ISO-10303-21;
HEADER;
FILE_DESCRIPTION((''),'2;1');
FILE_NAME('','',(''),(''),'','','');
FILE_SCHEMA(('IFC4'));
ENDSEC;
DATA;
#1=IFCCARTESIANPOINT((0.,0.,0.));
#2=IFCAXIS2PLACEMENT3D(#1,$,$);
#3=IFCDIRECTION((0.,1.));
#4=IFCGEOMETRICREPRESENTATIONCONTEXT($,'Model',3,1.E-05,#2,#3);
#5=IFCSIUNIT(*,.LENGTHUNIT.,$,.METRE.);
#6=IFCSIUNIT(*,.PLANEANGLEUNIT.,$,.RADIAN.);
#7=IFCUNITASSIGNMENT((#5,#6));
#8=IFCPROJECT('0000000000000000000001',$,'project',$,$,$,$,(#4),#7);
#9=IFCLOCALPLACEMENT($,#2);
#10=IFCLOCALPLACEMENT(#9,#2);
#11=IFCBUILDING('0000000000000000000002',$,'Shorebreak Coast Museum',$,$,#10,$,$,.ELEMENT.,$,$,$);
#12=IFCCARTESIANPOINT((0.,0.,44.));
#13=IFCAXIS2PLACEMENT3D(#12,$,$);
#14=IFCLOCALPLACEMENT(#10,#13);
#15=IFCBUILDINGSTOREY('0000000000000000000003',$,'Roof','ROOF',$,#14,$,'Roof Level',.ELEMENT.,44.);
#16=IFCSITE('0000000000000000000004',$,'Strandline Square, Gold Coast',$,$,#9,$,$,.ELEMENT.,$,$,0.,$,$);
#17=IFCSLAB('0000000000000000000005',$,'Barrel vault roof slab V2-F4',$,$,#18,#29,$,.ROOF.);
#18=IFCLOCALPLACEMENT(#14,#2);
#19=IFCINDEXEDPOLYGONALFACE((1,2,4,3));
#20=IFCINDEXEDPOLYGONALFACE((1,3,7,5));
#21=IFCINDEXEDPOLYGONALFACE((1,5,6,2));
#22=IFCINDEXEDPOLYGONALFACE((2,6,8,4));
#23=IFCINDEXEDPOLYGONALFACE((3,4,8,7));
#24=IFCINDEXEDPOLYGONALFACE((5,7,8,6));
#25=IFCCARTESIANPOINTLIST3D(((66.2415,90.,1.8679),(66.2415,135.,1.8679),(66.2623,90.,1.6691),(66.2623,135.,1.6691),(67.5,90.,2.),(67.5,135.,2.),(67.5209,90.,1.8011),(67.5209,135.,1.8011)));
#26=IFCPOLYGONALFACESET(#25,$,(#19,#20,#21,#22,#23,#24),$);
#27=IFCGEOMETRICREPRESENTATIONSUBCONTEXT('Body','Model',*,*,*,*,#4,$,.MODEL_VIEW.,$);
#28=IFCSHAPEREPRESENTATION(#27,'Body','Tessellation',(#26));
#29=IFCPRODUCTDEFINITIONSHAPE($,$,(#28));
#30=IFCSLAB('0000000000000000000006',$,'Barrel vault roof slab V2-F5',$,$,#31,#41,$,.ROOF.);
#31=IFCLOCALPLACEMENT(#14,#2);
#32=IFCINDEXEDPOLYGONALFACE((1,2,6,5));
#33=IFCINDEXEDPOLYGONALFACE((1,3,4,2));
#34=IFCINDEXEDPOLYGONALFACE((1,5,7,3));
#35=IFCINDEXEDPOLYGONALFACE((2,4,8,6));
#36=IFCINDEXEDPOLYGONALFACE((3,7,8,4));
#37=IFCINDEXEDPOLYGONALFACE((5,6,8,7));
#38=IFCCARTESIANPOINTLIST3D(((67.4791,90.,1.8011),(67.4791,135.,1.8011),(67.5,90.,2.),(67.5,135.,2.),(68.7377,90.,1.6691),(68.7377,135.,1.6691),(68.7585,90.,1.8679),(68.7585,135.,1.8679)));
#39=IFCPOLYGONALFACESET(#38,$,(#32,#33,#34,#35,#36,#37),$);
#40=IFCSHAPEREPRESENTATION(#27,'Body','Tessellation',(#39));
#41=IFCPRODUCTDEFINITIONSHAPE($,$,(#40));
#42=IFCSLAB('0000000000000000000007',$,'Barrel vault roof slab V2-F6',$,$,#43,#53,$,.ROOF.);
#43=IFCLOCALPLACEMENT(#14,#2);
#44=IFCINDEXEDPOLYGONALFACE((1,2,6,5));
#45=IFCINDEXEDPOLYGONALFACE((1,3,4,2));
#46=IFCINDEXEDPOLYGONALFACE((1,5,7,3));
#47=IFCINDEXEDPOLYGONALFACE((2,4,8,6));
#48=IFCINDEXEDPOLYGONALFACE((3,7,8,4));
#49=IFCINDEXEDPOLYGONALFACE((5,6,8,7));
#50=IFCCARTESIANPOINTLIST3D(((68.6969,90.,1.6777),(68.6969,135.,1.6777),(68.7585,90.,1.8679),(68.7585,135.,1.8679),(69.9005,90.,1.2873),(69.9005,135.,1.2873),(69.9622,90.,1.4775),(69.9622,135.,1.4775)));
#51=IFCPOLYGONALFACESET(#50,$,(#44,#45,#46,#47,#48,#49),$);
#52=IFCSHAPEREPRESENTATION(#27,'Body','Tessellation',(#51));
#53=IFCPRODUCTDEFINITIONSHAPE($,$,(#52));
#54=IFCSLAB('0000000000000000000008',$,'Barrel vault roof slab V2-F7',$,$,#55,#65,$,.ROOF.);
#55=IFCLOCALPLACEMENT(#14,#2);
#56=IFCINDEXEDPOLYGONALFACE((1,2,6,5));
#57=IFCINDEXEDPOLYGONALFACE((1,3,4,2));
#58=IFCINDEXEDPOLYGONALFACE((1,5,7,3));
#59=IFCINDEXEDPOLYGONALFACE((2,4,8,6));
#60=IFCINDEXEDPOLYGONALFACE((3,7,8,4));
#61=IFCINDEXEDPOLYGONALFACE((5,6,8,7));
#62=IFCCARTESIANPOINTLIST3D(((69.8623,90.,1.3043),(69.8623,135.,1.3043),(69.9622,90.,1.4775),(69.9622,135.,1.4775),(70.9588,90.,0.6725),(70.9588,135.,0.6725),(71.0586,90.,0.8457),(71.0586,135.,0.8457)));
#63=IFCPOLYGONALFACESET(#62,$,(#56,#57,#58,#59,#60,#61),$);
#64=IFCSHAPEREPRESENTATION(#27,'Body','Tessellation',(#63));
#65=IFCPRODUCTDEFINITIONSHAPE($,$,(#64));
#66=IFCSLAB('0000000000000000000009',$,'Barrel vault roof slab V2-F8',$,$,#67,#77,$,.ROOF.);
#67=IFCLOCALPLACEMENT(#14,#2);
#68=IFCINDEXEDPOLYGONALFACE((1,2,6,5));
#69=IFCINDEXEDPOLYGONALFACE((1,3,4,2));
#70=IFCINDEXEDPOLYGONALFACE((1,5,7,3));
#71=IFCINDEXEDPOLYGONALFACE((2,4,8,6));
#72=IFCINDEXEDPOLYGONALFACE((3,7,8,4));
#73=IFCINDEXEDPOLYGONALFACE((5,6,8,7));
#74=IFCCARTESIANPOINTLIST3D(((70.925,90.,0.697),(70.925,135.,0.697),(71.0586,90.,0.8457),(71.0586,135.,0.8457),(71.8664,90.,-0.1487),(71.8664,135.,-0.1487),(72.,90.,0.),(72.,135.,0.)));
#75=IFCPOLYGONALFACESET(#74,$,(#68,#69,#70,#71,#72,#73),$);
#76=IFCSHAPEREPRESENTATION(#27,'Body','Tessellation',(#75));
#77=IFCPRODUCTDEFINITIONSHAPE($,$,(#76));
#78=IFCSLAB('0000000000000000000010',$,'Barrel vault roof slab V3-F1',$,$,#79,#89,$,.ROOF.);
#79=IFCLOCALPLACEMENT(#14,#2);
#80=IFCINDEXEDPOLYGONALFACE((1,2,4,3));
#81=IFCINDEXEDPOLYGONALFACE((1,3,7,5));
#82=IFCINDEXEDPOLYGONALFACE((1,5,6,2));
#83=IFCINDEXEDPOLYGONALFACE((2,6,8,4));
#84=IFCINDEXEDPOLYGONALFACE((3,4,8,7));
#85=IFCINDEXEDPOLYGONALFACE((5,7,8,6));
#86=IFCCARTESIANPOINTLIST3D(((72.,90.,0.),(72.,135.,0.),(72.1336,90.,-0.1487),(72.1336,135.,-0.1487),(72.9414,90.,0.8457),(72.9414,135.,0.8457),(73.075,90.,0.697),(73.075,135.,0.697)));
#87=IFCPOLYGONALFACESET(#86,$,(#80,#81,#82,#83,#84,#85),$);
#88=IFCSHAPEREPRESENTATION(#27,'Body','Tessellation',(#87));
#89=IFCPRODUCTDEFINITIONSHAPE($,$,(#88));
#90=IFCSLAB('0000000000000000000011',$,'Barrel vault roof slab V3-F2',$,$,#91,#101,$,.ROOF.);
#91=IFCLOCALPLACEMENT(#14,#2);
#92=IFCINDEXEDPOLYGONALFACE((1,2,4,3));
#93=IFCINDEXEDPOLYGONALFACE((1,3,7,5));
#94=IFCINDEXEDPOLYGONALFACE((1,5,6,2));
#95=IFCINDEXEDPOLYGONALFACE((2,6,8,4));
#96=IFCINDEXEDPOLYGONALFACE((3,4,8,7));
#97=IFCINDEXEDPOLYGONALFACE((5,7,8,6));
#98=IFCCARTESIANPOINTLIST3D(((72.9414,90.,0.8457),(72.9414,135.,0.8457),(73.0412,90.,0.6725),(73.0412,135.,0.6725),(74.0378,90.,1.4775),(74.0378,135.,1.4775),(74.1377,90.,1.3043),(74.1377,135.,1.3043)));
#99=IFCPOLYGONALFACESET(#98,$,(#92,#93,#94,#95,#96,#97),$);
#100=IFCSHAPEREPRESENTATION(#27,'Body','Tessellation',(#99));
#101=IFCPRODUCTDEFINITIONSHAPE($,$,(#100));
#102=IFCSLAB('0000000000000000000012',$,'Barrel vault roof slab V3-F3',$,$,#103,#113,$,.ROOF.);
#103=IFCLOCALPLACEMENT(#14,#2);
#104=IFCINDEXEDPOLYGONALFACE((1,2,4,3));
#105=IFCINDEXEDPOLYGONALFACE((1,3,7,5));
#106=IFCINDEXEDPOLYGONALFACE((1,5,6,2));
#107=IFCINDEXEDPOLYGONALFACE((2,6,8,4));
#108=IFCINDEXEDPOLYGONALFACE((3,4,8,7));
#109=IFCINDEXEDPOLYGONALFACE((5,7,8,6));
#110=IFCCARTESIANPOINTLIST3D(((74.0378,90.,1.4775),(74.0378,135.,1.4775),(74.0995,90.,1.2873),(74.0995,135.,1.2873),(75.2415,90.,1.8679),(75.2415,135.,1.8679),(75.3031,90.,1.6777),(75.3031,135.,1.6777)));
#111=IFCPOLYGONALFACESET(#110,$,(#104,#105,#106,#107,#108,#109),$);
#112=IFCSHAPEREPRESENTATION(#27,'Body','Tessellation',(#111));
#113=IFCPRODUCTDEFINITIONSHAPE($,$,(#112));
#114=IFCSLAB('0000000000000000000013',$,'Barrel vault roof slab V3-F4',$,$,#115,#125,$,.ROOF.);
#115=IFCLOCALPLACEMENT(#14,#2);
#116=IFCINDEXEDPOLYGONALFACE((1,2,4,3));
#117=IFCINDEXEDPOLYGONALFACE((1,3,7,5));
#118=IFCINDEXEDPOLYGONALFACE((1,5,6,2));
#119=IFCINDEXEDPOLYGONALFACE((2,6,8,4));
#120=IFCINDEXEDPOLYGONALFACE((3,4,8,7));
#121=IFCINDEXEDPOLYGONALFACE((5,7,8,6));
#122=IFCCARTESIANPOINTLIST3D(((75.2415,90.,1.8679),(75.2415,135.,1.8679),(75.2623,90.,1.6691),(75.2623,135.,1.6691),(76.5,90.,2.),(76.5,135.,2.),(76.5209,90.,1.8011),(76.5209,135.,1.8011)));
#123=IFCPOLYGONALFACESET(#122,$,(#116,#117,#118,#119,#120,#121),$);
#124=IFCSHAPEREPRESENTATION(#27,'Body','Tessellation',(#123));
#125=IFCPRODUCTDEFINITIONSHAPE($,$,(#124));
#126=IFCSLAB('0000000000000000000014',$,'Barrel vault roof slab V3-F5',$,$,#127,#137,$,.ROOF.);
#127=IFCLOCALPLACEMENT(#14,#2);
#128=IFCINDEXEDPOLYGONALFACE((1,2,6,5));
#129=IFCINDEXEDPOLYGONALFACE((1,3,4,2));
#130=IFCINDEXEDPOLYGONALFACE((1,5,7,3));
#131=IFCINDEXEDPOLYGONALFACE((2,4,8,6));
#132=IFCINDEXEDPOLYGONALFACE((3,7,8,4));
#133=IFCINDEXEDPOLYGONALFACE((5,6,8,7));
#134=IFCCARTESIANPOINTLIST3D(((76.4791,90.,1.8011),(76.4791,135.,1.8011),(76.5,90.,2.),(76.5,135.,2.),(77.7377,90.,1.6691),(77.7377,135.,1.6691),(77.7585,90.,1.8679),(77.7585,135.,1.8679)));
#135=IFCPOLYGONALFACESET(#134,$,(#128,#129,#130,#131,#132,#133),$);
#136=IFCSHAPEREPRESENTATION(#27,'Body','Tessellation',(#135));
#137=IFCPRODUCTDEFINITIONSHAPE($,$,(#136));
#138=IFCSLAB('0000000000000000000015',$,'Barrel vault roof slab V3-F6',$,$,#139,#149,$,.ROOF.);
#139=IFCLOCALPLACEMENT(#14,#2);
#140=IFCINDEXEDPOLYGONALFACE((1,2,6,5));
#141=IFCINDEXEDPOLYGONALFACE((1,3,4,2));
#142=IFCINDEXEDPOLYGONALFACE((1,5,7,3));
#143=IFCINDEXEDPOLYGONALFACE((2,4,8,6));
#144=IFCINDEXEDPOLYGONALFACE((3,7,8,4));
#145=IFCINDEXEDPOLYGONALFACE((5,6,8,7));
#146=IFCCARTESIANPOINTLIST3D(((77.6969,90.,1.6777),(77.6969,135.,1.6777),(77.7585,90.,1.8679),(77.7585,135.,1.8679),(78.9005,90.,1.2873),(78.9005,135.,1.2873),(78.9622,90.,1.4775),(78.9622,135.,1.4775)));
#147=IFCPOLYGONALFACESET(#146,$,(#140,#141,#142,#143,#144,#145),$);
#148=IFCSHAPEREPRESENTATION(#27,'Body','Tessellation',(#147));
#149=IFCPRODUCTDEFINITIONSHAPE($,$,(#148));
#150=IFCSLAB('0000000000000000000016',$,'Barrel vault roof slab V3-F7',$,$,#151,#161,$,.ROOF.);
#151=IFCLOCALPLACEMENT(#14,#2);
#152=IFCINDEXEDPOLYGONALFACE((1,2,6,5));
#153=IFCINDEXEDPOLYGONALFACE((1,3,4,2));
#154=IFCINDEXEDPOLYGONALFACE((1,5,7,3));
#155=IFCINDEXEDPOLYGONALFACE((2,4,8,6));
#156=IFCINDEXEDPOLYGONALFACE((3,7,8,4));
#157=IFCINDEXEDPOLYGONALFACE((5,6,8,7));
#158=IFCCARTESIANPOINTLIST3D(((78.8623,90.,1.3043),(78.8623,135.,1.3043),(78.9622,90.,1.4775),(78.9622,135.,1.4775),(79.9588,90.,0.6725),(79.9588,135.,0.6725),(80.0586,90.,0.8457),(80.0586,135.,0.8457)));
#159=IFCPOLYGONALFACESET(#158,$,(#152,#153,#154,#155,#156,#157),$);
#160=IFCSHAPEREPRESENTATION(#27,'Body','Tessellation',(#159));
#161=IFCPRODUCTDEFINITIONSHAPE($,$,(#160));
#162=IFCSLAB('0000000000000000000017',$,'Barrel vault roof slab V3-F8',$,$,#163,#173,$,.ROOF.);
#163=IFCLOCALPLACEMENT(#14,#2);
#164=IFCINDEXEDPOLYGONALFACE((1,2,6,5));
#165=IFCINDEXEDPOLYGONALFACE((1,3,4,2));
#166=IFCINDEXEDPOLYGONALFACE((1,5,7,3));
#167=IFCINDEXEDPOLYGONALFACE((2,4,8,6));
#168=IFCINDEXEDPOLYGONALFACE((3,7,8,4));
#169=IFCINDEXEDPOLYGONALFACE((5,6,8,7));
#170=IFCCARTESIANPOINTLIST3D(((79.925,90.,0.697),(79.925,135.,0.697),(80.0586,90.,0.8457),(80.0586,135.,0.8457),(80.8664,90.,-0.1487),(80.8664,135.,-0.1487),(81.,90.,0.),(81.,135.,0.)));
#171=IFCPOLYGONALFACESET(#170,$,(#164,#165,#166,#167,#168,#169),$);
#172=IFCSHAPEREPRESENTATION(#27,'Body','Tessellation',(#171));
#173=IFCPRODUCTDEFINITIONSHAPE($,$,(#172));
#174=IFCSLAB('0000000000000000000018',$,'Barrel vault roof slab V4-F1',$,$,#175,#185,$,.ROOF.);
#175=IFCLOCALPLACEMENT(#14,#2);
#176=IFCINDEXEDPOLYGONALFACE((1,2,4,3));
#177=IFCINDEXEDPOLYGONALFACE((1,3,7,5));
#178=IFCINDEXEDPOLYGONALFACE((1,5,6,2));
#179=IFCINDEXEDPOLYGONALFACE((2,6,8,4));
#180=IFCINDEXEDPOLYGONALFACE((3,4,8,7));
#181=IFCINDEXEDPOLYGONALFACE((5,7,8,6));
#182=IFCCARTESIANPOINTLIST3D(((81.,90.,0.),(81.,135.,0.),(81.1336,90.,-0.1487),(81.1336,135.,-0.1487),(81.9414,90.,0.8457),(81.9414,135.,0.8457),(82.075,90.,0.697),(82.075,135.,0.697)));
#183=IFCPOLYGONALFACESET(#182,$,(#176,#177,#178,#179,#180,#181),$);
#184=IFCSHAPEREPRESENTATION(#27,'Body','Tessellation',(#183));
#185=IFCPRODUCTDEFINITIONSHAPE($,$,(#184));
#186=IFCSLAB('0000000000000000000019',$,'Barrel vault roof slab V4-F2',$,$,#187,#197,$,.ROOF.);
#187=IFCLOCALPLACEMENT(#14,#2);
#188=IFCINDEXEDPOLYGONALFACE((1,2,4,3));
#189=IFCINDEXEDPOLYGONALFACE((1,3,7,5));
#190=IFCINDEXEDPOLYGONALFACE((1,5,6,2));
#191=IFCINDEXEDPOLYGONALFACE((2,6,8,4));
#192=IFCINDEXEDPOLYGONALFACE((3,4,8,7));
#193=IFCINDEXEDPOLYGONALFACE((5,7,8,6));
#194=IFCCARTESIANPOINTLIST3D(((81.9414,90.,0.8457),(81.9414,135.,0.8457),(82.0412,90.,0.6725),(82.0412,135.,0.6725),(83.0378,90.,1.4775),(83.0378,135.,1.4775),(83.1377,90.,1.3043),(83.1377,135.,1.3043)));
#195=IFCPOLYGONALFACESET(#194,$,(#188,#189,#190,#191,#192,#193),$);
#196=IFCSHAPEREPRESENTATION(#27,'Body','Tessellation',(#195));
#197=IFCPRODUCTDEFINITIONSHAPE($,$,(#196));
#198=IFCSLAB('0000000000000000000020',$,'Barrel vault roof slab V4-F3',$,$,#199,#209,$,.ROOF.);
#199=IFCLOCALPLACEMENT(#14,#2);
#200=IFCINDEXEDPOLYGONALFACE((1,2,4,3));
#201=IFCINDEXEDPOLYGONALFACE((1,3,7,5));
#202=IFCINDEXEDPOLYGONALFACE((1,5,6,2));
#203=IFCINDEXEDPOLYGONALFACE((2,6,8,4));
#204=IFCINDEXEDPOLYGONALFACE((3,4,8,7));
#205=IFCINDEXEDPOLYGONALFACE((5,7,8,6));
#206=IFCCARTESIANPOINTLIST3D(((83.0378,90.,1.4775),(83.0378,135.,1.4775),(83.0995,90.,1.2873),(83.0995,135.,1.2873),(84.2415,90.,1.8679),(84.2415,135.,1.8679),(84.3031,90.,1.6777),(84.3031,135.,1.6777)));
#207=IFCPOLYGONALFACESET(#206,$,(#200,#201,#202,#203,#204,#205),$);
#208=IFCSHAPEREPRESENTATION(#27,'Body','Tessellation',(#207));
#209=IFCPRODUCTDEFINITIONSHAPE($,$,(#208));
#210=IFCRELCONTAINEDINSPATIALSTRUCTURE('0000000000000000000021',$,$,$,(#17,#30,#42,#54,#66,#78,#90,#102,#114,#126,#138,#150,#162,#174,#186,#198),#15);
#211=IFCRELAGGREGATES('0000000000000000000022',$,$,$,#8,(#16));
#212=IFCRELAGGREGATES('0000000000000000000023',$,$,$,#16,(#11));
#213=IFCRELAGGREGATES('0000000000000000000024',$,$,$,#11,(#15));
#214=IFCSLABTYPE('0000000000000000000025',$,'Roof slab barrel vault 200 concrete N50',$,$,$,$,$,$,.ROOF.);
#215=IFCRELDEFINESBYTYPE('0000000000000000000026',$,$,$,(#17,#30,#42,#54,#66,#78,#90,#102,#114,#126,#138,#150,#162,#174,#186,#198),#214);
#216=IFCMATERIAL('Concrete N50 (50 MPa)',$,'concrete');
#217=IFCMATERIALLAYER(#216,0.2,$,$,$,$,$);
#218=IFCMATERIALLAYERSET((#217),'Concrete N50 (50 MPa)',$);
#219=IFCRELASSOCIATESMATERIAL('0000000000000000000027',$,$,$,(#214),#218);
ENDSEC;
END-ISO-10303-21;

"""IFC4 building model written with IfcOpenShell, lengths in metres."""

from ifc_helpers import new_model, si_unit, direction, frame, origin, place, context, subcontext, project, spatial, polyline, outline, extrude, material, layer, layer_set, type_object, element, save


model = new_model("IFC4")

# Units and contexts
model_context = context("Model", 3, precision=1e-05, world=origin(), true_north=direction((0.0, 1.0)))
body_context = subcontext(model_context, "Body", "Model", "MODEL_VIEW")
ifc_project = project(units=[si_unit("LENGTHUNIT", "METRE"), si_unit("PLANEANGLEUNIT", "RADIAN")], contexts=[model_context])

# Site, building, storey
site_placement = place(None, origin())
site = spatial("IfcSite", under=ifc_project, at=site_placement, Name="Strandline Square, Gold Coast", CompositionType="ELEMENT", RefElevation=0.0)
building_placement = place(site_placement, origin())
building = spatial("IfcBuilding", under=site, at=building_placement, Name="Shorebreak Coast Museum", CompositionType="ELEMENT")
storey_placement = place(building_placement, frame((0.0, 0.0, 44.0)))
storey = spatial("IfcBuildingStorey", under=building, at=storey_placement, Name="Roof", Description="ROOF", LongName="Roof Level", CompositionType="ELEMENT", Elevation=44.0)

# Slabs
ifc_material_1 = material(Name="Concrete N50 (50 MPa)", Category="concrete")
ifc_layer = layer(ifc_material_1, 0.2)
ifc_layer_set = layer_set([ifc_layer], Name="Concrete N50 (50 MPa)")
slab_type = type_object("IfcSlabType", Name="Roof slab barrel vault 200 concrete N50", PredefinedType="ROOF", material=ifc_layer_set)
for number, where, z_axis, x_axis, name in (
    (1, (66.2415, 90.0, 1.8679), (-0.104373, 0.0, 0.994538), (0.994538, 0.0, 0.104373), "Barrel vault roof slab V2-F4"),
    (2, (67.5, 90.0, 2.0), (0.104373, 0.0, 0.994538), (0.994538, 0.0, -0.104373), "Barrel vault roof slab V2-F5"),
):
    element("IfcSlab", number, at=place(storey_placement, frame(where, z_axis=z_axis, x_axis=x_axis)), inside=storey, type_object=slab_type, Name=name, PredefinedType="ROOF", context=body_context, shape_type="SweptSolid", body=[
        extrude(outline(polyline([(0.0, 0.0), (1.2655, 0.0), (1.2655, 45.0), (0.0, 45.0), (0.0, 0.0)])), origin(), (0.0, 0.0, -1.0), 0.2),
    ])
slab_1_placement = place(storey_placement, frame((68.7585, 90.0, 1.8679), z_axis=(0.308519, 0.0, 0.951218), x_axis=(0.951218, 0.0, -0.308519)))
element("IfcSlab", 3, at=slab_1_placement, inside=storey, type_object=slab_type, Name="Barrel vault roof slab V2-F6", PredefinedType="ROOF", context=body_context, shape_type="SweptSolid", body=[
    extrude(outline(polyline([(0.0, 0.0), (1.2653, 0.0), (1.2653, 45.0), (0.0, 45.0), (0.0, 0.0)])), origin(), (0.0, 0.0, -1.0), 0.2),
])
slab_2_placement = place(storey_placement, frame((69.9622, 90.0, 1.4775), z_axis=(0.499294, 0.0, 0.866433), x_axis=(0.866433, 0.0, -0.499294)))
element("IfcSlab", 4, at=slab_2_placement, inside=storey, type_object=slab_type, Name="Barrel vault roof slab V2-F7", PredefinedType="ROOF", context=body_context, shape_type="SweptSolid", body=[
    extrude(outline(polyline([(0.0, 0.0), (1.2655, 0.0), (1.2655, 45.0), (0.0, 45.0), (0.0, 0.0)])), origin(), (0.0, 0.0, -1.0), 0.2),
])
for number, where, z_axis, x_axis, name in (
    (5, (71.0586, 90.0, 0.8457), (0.668282, 0.0, 0.743908), (0.743908, 0.0, -0.668282), "Barrel vault roof slab V2-F8"),
    (6, (72.0, 90.0, 0.0), (-0.668282, 0.0, 0.743908), (0.743908, 0.0, 0.668282), "Barrel vault roof slab V3-F1"),
):
    element("IfcSlab", number, at=place(storey_placement, frame(where, z_axis=z_axis, x_axis=x_axis)), inside=storey, type_object=slab_type, Name=name, PredefinedType="ROOF", context=body_context, shape_type="SweptSolid", body=[
        extrude(outline(polyline([(0.0, 0.0), (1.2655, 0.0), (1.2655, 45.0), (0.0, 45.0), (0.0, 0.0)])), origin(), (0.0, 0.0, -1.0), 0.2),
    ])
slab_3_placement = place(storey_placement, frame((72.9414, 90.0, 0.8457), z_axis=(-0.499294, 0.0, 0.866433), x_axis=(0.866433, 0.0, 0.499294)))
element("IfcSlab", 7, at=slab_3_placement, inside=storey, type_object=slab_type, Name="Barrel vault roof slab V3-F2", PredefinedType="ROOF", context=body_context, shape_type="SweptSolid", body=[
    extrude(outline(polyline([(0.0, 0.0), (1.2655, 0.0), (1.2655, 45.0), (0.0, 45.0), (0.0, 0.0)])), origin(), (0.0, 0.0, -1.0), 0.2),
])
slab_4_placement = place(storey_placement, frame((74.0378, 90.0, 1.4775), z_axis=(-0.308519, 0.0, 0.951218), x_axis=(0.951218, 0.0, 0.308519)))
element("IfcSlab", 8, at=slab_4_placement, inside=storey, type_object=slab_type, Name="Barrel vault roof slab V3-F3", PredefinedType="ROOF", context=body_context, shape_type="SweptSolid", body=[
    extrude(outline(polyline([(0.0, 0.0), (1.2653, 0.0), (1.2653, 45.0), (0.0, 45.0), (0.0, 0.0)])), origin(), (0.0, 0.0, -1.0), 0.2),
])
for number, where, z_axis, x_axis, name in (
    (9, (75.2415, 90.0, 1.8679), (-0.104373, 0.0, 0.994538), (0.994538, 0.0, 0.104373), "Barrel vault roof slab V3-F4"),
    (10, (76.5, 90.0, 2.0), (0.104373, 0.0, 0.994538), (0.994538, 0.0, -0.104373), "Barrel vault roof slab V3-F5"),
):
    element("IfcSlab", number, at=place(storey_placement, frame(where, z_axis=z_axis, x_axis=x_axis)), inside=storey, type_object=slab_type, Name=name, PredefinedType="ROOF", context=body_context, shape_type="SweptSolid", body=[
        extrude(outline(polyline([(0.0, 0.0), (1.2655, 0.0), (1.2655, 45.0), (0.0, 45.0), (0.0, 0.0)])), origin(), (0.0, 0.0, -1.0), 0.2),
    ])
slab_5_placement = place(storey_placement, frame((77.7585, 90.0, 1.8679), z_axis=(0.308519, 0.0, 0.951218), x_axis=(0.951218, 0.0, -0.308519)))
element("IfcSlab", 11, at=slab_5_placement, inside=storey, type_object=slab_type, Name="Barrel vault roof slab V3-F6", PredefinedType="ROOF", context=body_context, shape_type="SweptSolid", body=[
    extrude(outline(polyline([(0.0, 0.0), (1.2653, 0.0), (1.2653, 45.0), (0.0, 45.0), (0.0, 0.0)])), origin(), (0.0, 0.0, -1.0), 0.2),
])
slab_6_placement = place(storey_placement, frame((78.9622, 90.0, 1.4775), z_axis=(0.499294, 0.0, 0.866433), x_axis=(0.866433, 0.0, -0.499294)))
element("IfcSlab", 12, at=slab_6_placement, inside=storey, type_object=slab_type, Name="Barrel vault roof slab V3-F7", PredefinedType="ROOF", context=body_context, shape_type="SweptSolid", body=[
    extrude(outline(polyline([(0.0, 0.0), (1.2655, 0.0), (1.2655, 45.0), (0.0, 45.0), (0.0, 0.0)])), origin(), (0.0, 0.0, -1.0), 0.2),
])
for number, where, z_axis, x_axis, name in (
    (13, (80.0586, 90.0, 0.8457), (0.668282, 0.0, 0.743908), (0.743908, 0.0, -0.668282), "Barrel vault roof slab V3-F8"),
    (14, (81.0, 90.0, 0.0), (-0.668282, 0.0, 0.743908), (0.743908, 0.0, 0.668282), "Barrel vault roof slab V4-F1"),
):
    element("IfcSlab", number, at=place(storey_placement, frame(where, z_axis=z_axis, x_axis=x_axis)), inside=storey, type_object=slab_type, Name=name, PredefinedType="ROOF", context=body_context, shape_type="SweptSolid", body=[
        extrude(outline(polyline([(0.0, 0.0), (1.2655, 0.0), (1.2655, 45.0), (0.0, 45.0), (0.0, 0.0)])), origin(), (0.0, 0.0, -1.0), 0.2),
    ])
slab_7_placement = place(storey_placement, frame((81.9414, 90.0, 0.8457), z_axis=(-0.499294, 0.0, 0.866433), x_axis=(0.866433, 0.0, 0.499294)))
element("IfcSlab", 15, at=slab_7_placement, inside=storey, type_object=slab_type, Name="Barrel vault roof slab V4-F2", PredefinedType="ROOF", context=body_context, shape_type="SweptSolid", body=[
    extrude(outline(polyline([(0.0, 0.0), (1.2655, 0.0), (1.2655, 45.0), (0.0, 45.0), (0.0, 0.0)])), origin(), (0.0, 0.0, -1.0), 0.2),
])
slab_8_placement = place(storey_placement, frame((83.0378, 90.0, 1.4775), z_axis=(-0.308519, 0.0, 0.951218), x_axis=(0.951218, 0.0, 0.308519)))
element("IfcSlab", 16, at=slab_8_placement, inside=storey, type_object=slab_type, Name="Barrel vault roof slab V4-F3", PredefinedType="ROOF", context=body_context, shape_type="SweptSolid", body=[
    extrude(outline(polyline([(0.0, 0.0), (1.2653, 0.0), (1.2653, 45.0), (0.0, 45.0), (0.0, 0.0)])), origin(), (0.0, 0.0, -1.0), 0.2),
])

save(model, "model.ifc")
